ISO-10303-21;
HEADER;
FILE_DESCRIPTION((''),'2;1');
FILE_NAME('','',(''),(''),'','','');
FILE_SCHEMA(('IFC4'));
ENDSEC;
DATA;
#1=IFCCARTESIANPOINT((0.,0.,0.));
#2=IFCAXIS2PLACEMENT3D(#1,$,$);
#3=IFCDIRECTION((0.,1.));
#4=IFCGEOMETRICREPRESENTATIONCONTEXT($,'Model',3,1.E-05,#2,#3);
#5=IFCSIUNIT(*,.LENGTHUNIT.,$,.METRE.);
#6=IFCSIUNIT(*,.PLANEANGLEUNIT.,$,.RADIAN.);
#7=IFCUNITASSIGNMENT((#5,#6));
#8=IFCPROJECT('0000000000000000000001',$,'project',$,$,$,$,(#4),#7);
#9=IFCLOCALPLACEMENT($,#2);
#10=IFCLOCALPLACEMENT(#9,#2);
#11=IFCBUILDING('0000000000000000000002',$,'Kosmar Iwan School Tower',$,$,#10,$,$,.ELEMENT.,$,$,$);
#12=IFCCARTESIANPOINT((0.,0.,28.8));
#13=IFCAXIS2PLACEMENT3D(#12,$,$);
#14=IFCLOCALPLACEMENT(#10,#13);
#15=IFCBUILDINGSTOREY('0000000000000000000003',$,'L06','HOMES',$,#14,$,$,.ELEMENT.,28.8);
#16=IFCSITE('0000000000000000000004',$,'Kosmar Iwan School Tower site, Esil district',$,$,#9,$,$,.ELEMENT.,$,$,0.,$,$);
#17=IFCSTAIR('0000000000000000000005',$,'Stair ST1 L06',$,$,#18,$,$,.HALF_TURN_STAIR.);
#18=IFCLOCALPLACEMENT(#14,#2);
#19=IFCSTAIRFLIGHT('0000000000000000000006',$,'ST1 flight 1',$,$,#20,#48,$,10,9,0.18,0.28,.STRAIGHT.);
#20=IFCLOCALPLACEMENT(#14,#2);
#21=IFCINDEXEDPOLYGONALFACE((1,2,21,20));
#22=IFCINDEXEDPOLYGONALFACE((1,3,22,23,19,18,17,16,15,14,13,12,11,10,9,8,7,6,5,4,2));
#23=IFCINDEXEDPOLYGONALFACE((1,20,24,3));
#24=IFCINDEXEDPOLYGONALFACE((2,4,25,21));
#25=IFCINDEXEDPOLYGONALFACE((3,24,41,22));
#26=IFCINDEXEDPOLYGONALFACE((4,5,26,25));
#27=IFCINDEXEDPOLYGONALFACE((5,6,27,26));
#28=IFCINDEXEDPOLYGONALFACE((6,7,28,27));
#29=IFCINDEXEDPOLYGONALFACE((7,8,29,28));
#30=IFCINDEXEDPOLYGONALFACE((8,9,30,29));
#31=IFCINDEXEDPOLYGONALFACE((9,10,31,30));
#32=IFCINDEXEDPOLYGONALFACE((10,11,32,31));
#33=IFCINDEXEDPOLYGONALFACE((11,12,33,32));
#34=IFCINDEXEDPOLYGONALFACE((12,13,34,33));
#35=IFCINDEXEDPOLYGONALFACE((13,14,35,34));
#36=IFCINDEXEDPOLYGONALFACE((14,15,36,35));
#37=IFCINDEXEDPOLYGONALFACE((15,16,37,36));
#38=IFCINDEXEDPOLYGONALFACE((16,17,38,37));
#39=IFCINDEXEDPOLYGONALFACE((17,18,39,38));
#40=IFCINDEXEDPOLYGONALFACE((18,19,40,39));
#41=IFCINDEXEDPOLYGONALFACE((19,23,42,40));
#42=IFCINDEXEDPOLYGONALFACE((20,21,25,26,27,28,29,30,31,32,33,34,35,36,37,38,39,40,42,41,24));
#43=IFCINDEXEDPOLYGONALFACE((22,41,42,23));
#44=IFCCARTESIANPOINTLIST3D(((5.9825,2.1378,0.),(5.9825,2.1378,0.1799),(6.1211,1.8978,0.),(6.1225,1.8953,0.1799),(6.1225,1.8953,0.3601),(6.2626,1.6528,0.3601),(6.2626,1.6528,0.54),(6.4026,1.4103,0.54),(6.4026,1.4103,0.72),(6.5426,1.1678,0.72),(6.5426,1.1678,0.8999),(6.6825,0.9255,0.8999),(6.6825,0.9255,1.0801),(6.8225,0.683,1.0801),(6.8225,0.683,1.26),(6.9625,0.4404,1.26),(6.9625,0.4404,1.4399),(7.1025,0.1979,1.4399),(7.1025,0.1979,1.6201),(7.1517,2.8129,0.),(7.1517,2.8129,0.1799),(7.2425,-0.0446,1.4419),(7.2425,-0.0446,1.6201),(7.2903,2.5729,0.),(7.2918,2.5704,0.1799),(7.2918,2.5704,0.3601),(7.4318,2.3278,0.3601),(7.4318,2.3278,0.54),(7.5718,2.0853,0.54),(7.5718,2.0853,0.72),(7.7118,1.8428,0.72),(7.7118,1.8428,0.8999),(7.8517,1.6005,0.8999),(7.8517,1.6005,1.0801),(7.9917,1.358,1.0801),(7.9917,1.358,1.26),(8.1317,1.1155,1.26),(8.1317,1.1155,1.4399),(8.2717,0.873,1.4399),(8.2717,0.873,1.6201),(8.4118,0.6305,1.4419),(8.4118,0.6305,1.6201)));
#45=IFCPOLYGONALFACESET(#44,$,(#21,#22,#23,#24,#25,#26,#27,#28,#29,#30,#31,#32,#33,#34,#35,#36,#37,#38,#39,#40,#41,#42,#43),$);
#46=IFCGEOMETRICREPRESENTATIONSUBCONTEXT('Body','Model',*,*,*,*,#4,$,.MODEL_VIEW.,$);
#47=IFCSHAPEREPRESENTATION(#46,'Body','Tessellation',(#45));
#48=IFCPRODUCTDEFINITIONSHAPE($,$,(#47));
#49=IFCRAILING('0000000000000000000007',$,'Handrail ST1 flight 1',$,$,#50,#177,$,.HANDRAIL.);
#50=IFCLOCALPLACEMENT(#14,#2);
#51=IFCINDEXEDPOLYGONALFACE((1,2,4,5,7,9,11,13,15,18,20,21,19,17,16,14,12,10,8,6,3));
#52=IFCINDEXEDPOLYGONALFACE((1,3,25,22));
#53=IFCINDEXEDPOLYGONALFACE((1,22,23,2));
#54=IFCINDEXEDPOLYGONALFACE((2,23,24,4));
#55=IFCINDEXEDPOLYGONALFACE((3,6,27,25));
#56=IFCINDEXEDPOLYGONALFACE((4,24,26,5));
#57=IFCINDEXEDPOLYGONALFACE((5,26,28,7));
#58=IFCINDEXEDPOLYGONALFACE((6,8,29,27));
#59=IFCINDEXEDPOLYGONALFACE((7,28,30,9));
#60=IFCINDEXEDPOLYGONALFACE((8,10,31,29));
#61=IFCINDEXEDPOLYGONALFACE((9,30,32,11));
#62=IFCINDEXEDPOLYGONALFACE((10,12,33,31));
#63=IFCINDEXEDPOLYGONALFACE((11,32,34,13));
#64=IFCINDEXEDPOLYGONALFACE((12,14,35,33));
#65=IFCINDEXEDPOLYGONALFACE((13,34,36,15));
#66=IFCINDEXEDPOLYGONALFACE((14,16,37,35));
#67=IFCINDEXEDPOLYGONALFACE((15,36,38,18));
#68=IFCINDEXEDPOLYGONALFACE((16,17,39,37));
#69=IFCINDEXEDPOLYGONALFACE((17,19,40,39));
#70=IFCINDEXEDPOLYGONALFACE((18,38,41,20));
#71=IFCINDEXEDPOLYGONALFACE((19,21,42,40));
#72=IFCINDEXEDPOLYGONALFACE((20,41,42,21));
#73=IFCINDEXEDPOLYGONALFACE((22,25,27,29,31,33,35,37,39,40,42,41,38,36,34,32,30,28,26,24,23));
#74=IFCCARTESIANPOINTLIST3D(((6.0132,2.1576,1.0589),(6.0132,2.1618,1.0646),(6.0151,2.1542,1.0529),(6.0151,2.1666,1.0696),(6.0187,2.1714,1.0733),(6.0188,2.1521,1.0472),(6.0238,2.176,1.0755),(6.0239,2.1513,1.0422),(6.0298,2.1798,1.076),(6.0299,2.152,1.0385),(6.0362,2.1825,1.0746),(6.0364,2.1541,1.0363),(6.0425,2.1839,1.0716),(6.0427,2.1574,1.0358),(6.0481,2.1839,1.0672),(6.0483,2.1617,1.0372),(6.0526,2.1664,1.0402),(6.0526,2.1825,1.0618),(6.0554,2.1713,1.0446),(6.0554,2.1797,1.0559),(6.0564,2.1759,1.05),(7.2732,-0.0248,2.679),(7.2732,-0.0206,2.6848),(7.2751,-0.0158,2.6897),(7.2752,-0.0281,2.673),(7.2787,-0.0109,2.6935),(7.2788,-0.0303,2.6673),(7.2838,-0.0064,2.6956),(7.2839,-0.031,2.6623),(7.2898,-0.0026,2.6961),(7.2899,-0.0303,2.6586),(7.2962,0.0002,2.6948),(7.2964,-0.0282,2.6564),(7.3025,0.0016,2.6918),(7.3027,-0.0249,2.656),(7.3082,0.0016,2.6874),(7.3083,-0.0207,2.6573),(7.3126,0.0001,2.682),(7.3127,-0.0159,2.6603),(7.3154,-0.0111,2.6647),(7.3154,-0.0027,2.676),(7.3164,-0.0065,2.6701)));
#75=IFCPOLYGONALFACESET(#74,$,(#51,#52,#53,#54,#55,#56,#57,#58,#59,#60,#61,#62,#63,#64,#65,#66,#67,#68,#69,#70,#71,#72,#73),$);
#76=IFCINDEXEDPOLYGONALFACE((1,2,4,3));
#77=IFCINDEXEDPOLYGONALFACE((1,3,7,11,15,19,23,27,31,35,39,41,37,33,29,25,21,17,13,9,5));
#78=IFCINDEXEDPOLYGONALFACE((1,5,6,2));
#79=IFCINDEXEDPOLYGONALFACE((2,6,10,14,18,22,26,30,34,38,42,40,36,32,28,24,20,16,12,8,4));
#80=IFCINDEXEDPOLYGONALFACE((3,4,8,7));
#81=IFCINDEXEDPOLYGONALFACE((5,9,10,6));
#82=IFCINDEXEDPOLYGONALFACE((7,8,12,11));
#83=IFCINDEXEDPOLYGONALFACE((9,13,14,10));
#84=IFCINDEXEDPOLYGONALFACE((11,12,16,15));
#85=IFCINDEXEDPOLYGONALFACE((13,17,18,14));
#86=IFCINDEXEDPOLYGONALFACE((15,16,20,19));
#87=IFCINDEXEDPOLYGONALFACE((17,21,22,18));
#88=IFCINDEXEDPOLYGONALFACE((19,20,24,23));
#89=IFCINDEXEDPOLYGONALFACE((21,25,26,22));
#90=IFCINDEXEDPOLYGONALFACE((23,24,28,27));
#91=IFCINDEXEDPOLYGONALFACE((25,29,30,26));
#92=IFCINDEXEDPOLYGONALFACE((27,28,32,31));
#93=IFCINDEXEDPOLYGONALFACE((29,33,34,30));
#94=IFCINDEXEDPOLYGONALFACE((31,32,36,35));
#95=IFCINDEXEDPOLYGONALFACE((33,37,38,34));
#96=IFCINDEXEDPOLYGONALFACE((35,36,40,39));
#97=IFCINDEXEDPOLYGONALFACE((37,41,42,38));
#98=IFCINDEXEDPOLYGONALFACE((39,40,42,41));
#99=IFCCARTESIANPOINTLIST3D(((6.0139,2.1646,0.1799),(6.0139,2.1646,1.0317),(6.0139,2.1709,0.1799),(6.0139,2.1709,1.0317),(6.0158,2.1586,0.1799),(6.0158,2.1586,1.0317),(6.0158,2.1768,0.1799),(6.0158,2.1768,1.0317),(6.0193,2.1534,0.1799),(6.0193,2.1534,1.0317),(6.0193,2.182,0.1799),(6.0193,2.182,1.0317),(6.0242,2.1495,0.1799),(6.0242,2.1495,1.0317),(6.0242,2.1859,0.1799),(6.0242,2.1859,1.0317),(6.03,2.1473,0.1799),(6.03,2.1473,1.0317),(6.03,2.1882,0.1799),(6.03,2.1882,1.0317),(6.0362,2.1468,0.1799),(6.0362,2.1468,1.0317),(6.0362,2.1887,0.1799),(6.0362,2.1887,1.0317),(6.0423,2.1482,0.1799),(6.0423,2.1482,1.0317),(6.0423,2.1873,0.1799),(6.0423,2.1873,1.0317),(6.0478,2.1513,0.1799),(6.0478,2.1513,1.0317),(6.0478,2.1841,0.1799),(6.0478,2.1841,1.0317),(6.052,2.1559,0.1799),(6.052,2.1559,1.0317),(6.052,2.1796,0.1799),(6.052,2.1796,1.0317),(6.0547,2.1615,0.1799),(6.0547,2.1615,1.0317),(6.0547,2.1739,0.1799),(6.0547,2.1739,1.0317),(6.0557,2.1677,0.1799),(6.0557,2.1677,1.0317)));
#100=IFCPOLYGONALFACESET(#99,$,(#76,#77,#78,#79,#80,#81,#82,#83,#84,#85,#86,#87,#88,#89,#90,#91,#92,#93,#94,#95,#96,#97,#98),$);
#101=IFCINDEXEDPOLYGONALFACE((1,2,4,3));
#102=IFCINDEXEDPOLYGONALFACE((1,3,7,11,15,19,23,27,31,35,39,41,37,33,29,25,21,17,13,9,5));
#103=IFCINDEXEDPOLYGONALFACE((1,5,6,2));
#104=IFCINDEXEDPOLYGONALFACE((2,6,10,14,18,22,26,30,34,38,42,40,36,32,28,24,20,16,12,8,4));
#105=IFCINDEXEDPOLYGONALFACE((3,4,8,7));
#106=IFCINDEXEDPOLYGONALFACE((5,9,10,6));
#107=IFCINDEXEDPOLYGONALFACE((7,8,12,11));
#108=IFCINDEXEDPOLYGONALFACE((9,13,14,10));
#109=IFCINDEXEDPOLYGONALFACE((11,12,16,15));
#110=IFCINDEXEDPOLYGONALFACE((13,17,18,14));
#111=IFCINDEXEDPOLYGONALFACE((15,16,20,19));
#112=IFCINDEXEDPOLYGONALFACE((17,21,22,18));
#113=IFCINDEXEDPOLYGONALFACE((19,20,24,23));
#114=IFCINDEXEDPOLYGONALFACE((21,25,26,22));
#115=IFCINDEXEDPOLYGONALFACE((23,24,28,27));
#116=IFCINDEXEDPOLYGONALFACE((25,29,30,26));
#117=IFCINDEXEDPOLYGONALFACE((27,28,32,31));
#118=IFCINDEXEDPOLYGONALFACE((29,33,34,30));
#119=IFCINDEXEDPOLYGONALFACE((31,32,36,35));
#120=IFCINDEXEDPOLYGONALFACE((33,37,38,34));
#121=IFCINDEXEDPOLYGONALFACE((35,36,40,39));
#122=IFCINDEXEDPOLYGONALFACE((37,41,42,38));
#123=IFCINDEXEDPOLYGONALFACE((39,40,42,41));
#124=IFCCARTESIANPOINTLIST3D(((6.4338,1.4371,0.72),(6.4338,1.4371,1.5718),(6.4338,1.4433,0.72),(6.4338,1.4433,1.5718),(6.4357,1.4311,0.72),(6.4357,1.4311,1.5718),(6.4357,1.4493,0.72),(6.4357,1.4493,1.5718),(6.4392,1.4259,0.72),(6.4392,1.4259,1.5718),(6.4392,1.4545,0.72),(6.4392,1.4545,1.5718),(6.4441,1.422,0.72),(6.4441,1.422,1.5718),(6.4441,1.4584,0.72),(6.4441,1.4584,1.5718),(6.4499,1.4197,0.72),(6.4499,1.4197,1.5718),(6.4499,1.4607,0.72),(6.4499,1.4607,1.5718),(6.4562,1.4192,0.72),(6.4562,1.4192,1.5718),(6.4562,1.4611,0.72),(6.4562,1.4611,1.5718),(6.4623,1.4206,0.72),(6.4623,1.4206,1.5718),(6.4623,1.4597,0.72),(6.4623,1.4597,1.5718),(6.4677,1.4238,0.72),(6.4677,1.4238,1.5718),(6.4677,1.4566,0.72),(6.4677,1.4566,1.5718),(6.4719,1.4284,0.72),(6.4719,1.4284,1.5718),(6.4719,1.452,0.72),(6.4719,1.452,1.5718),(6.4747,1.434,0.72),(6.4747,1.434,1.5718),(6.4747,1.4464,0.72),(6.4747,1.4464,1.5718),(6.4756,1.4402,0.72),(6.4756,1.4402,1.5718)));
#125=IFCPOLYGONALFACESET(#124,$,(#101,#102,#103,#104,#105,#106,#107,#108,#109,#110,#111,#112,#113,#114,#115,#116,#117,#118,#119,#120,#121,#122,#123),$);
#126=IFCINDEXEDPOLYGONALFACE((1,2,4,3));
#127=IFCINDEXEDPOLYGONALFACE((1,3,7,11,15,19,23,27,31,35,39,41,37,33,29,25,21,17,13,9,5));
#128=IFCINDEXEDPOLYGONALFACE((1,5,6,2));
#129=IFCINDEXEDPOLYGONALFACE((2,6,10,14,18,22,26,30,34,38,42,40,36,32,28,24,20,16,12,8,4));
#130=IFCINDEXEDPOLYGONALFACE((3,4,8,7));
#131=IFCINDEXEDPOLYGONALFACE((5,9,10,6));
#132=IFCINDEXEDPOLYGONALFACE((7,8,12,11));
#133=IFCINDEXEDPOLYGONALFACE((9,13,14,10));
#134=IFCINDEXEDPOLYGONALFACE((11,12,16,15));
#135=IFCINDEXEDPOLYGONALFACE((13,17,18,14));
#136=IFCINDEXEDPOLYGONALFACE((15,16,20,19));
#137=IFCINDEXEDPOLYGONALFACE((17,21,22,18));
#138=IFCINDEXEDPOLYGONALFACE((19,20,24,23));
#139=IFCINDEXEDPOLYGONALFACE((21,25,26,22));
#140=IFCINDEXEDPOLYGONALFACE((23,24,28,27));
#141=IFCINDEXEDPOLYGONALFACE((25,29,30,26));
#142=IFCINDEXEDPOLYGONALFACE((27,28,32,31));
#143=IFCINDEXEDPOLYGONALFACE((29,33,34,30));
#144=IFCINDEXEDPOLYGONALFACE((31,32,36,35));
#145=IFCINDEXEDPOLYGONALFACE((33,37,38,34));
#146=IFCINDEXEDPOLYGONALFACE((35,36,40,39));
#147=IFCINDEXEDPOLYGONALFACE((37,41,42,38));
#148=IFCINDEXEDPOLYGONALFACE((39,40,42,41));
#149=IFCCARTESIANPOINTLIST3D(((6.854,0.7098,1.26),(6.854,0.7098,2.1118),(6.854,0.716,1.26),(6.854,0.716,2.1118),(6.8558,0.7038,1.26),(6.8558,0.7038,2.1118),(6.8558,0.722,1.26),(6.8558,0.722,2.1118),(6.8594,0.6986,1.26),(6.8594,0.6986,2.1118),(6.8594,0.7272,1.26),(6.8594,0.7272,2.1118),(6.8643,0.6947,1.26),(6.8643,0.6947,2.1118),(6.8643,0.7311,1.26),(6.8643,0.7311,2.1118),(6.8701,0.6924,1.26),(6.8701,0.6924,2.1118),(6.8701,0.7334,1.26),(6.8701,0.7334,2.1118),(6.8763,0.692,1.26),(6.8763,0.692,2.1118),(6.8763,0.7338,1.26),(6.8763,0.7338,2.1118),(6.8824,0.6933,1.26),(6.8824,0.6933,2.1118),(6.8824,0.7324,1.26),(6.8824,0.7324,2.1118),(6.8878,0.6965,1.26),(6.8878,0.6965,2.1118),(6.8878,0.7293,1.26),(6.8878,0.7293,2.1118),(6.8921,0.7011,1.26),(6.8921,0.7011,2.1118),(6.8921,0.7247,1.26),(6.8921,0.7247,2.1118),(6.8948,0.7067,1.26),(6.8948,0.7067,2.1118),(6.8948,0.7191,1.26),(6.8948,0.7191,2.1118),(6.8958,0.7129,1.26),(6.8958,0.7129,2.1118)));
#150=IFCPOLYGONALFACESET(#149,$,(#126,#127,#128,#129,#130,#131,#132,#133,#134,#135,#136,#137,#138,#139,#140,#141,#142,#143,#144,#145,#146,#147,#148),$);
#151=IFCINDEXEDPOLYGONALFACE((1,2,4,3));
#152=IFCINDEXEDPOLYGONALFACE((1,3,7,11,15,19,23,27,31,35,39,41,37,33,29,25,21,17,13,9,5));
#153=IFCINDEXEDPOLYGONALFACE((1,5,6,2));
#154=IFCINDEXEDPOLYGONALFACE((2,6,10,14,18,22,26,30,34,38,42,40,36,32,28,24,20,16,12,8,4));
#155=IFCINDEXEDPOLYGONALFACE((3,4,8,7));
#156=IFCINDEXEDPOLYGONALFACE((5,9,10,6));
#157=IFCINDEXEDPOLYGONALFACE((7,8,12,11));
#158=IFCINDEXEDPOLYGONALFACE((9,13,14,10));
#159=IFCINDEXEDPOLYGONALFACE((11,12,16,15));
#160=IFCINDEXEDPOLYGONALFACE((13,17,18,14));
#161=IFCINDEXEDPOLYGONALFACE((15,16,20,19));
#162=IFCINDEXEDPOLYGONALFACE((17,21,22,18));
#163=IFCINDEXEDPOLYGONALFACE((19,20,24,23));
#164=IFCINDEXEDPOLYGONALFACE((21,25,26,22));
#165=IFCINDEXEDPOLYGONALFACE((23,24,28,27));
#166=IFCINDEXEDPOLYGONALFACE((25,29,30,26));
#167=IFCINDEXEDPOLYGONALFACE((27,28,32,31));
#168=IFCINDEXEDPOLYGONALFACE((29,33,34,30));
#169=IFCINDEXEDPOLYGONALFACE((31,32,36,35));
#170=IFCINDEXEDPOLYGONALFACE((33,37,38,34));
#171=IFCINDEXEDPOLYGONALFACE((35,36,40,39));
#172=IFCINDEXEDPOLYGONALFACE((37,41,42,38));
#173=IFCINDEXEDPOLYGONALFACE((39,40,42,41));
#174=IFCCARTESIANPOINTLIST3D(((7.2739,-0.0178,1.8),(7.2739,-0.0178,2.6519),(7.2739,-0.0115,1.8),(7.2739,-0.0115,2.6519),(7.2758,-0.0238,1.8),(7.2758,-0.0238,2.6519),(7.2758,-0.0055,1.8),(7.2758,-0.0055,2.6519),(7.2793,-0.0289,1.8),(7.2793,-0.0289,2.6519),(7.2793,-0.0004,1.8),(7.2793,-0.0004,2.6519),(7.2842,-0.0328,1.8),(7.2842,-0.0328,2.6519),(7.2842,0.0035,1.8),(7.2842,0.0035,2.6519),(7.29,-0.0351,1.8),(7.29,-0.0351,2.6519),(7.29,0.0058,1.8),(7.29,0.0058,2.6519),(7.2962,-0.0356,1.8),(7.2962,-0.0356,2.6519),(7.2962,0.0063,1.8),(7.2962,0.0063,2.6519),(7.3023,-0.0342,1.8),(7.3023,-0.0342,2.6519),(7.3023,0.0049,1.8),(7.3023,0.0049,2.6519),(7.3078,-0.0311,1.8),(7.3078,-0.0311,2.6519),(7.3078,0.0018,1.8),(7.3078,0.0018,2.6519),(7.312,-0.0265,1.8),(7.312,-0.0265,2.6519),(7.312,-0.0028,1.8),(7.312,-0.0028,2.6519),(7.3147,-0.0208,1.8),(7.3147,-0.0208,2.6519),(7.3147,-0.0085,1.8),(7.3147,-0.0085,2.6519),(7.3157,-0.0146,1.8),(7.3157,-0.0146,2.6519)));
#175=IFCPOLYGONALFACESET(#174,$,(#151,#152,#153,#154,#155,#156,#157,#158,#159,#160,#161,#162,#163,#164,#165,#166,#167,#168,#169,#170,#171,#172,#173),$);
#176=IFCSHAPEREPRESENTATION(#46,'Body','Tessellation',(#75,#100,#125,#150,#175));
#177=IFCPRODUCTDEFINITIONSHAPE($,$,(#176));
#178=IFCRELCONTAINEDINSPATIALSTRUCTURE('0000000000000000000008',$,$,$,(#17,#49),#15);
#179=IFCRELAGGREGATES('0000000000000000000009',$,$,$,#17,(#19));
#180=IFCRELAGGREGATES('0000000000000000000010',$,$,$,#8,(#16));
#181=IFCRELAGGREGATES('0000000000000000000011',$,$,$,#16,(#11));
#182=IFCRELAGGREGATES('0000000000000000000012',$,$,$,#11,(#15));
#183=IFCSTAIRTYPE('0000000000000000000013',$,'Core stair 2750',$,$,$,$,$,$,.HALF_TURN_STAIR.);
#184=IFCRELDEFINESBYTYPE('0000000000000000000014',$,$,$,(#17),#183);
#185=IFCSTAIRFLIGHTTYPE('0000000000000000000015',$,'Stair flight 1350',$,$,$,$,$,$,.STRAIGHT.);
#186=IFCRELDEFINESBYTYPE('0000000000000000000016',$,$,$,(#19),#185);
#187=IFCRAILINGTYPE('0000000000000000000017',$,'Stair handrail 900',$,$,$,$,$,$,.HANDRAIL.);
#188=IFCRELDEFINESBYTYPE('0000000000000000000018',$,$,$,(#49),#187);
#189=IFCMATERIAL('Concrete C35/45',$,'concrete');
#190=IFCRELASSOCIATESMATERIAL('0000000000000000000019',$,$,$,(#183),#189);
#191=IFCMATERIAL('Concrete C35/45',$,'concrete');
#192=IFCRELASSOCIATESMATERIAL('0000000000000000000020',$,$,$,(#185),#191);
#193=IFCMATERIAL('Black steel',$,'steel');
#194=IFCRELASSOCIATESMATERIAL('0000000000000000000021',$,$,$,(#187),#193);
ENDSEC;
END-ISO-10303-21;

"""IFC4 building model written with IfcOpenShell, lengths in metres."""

from ifc_helpers import new_model, si_unit, direction, frame, origin, origin_2d, place, context, subcontext, project, spatial, polyline, circle, outline, extrude, material, type_object, element, aggregate, save


model = new_model("IFC4")

# Units and contexts
model_context = context("Model", 3, precision=1e-05, world=origin(), true_north=direction((0.0, 1.0)))
body_context = subcontext(model_context, "Body", "Model", "MODEL_VIEW")
ifc_project = project(units=[si_unit("LENGTHUNIT", "METRE"), si_unit("PLANEANGLEUNIT", "RADIAN")], contexts=[model_context])

# Site, building, storey
site_placement = place(None, origin())
site = spatial("IfcSite", under=ifc_project, at=site_placement, Name="Kosmar Iwan School Tower site, Esil district", CompositionType="ELEMENT", RefElevation=0.0)
building_placement = place(site_placement, origin())
building = spatial("IfcBuilding", under=site, at=building_placement, Name="Kosmar Iwan School Tower", CompositionType="ELEMENT")
storey_placement = place(building_placement, frame((0.0, 0.0, 28.8)))
storey = spatial("IfcBuildingStorey", under=building, at=storey_placement, Name="L06", Description="HOMES", CompositionType="ELEMENT", Elevation=28.8)

# Stair, stair flight
ifc_material_1 = material(Name="Concrete C35/45", Category="concrete")
stair_type_1 = type_object("IfcStairType", Name="Core stair 2750", PredefinedType="HALF_TURN_STAIR", material=ifc_material_1)
stair_1_placement = place(storey_placement, origin())
stair_1 = element("IfcStair", 1, at=stair_1_placement, inside=storey, type_object=stair_type_1, Name="Stair ST1 L06", PredefinedType="HALF_TURN_STAIR")
ifc_material_2 = material(Name="Concrete C35/45", Category="concrete")
stair_flight_type = type_object("IfcStairFlightType", Name="Stair flight 1350", PredefinedType="STRAIGHT", material=ifc_material_2)
stair_flight_placement = place(storey_placement, frame((6.5671, 2.4753, 0.0), z_axis=(0.0, 0.0, 1.0), x_axis=(0.5, -0.866025, 0.0)))
stair_flight = element("IfcStairFlight", 2, at=stair_flight_placement, type_object=stair_flight_type, Name="ST1 flight 1", NumberOfRisers=10, NumberOfTreads=9, PredefinedType="STRAIGHT", RiserHeight=0.18, TreadLength=0.28, context=body_context, shape_type="SweptSolid", body=[
    extrude(outline(polyline([(0.0, 0.0), (0.0, 0.1799), (0.28, 0.1799), (0.28, 0.3601), (0.5601, 0.3601), (0.5601, 0.54), (0.8401, 0.54), (0.8401, 0.72), (1.1201, 0.72), (1.1201, 0.8999), (1.3999, 0.8999), (1.3999, 1.0801), (1.6799, 1.0801), (1.6799, 1.26), (1.96, 1.26), (1.96, 1.4399), (2.24, 1.4399), (2.24, 1.6201), (2.52, 1.6201), (2.52, 1.8), (2.52, 1.4419), (0.2771, 0.0), (0.0, 0.0)])), frame((0.0, 0.675, 0.0), z_axis=(0.0, -1.0, 0.0), x_axis=(1.0, 0.0, 0.0)), (0.0, 0.0, 1.0), 1.3501),
])
aggregate(stair_1, [stair_flight])

# Railing
ifc_material_3 = material(Name="Black steel", Category="steel")
railing_type = type_object("IfcRailingType", Name="Stair handrail 900", PredefinedType="HANDRAIL", material=ifc_material_3)
railing_placement = place(storey_placement, frame((6.0347, 2.1677, 0.1799)))
element("IfcRailing", 3, at=railing_placement, inside=storey, type_object=railing_type, Name="Handrail ST1 flight 1", PredefinedType="HANDRAIL", context=body_context, shape_type="SweptSolid", body=[
    extrude(circle(Radius=0.0239, at=origin_2d()), frame((0.0, 0.0, 0.876), z_axis=(0.420584, -0.728464, 0.540786), x_axis=(0.866023, 0.500005, 0.0)), (0.0, 0.0, 1.0), 2.9958),
    extrude(circle(Radius=0.021, at=origin_2d()), origin(), (0.0, 0.0, 1.0), 0.8518),
    extrude(circle(Radius=0.021, at=origin_2d()), frame((0.4199, -0.7275, 0.54)), (0.0, 0.0, 1.0), 0.8518),
    extrude(circle(Radius=0.021, at=origin_2d()), frame((0.8401, -1.4548, 1.0801)), (0.0, 0.0, 1.0), 0.8518),
    extrude(circle(Radius=0.021, at=origin_2d()), frame((1.26, -2.1824, 1.6201)), (0.0, 0.0, 1.0), 0.8518),
])

save(model, "model.ifc")
